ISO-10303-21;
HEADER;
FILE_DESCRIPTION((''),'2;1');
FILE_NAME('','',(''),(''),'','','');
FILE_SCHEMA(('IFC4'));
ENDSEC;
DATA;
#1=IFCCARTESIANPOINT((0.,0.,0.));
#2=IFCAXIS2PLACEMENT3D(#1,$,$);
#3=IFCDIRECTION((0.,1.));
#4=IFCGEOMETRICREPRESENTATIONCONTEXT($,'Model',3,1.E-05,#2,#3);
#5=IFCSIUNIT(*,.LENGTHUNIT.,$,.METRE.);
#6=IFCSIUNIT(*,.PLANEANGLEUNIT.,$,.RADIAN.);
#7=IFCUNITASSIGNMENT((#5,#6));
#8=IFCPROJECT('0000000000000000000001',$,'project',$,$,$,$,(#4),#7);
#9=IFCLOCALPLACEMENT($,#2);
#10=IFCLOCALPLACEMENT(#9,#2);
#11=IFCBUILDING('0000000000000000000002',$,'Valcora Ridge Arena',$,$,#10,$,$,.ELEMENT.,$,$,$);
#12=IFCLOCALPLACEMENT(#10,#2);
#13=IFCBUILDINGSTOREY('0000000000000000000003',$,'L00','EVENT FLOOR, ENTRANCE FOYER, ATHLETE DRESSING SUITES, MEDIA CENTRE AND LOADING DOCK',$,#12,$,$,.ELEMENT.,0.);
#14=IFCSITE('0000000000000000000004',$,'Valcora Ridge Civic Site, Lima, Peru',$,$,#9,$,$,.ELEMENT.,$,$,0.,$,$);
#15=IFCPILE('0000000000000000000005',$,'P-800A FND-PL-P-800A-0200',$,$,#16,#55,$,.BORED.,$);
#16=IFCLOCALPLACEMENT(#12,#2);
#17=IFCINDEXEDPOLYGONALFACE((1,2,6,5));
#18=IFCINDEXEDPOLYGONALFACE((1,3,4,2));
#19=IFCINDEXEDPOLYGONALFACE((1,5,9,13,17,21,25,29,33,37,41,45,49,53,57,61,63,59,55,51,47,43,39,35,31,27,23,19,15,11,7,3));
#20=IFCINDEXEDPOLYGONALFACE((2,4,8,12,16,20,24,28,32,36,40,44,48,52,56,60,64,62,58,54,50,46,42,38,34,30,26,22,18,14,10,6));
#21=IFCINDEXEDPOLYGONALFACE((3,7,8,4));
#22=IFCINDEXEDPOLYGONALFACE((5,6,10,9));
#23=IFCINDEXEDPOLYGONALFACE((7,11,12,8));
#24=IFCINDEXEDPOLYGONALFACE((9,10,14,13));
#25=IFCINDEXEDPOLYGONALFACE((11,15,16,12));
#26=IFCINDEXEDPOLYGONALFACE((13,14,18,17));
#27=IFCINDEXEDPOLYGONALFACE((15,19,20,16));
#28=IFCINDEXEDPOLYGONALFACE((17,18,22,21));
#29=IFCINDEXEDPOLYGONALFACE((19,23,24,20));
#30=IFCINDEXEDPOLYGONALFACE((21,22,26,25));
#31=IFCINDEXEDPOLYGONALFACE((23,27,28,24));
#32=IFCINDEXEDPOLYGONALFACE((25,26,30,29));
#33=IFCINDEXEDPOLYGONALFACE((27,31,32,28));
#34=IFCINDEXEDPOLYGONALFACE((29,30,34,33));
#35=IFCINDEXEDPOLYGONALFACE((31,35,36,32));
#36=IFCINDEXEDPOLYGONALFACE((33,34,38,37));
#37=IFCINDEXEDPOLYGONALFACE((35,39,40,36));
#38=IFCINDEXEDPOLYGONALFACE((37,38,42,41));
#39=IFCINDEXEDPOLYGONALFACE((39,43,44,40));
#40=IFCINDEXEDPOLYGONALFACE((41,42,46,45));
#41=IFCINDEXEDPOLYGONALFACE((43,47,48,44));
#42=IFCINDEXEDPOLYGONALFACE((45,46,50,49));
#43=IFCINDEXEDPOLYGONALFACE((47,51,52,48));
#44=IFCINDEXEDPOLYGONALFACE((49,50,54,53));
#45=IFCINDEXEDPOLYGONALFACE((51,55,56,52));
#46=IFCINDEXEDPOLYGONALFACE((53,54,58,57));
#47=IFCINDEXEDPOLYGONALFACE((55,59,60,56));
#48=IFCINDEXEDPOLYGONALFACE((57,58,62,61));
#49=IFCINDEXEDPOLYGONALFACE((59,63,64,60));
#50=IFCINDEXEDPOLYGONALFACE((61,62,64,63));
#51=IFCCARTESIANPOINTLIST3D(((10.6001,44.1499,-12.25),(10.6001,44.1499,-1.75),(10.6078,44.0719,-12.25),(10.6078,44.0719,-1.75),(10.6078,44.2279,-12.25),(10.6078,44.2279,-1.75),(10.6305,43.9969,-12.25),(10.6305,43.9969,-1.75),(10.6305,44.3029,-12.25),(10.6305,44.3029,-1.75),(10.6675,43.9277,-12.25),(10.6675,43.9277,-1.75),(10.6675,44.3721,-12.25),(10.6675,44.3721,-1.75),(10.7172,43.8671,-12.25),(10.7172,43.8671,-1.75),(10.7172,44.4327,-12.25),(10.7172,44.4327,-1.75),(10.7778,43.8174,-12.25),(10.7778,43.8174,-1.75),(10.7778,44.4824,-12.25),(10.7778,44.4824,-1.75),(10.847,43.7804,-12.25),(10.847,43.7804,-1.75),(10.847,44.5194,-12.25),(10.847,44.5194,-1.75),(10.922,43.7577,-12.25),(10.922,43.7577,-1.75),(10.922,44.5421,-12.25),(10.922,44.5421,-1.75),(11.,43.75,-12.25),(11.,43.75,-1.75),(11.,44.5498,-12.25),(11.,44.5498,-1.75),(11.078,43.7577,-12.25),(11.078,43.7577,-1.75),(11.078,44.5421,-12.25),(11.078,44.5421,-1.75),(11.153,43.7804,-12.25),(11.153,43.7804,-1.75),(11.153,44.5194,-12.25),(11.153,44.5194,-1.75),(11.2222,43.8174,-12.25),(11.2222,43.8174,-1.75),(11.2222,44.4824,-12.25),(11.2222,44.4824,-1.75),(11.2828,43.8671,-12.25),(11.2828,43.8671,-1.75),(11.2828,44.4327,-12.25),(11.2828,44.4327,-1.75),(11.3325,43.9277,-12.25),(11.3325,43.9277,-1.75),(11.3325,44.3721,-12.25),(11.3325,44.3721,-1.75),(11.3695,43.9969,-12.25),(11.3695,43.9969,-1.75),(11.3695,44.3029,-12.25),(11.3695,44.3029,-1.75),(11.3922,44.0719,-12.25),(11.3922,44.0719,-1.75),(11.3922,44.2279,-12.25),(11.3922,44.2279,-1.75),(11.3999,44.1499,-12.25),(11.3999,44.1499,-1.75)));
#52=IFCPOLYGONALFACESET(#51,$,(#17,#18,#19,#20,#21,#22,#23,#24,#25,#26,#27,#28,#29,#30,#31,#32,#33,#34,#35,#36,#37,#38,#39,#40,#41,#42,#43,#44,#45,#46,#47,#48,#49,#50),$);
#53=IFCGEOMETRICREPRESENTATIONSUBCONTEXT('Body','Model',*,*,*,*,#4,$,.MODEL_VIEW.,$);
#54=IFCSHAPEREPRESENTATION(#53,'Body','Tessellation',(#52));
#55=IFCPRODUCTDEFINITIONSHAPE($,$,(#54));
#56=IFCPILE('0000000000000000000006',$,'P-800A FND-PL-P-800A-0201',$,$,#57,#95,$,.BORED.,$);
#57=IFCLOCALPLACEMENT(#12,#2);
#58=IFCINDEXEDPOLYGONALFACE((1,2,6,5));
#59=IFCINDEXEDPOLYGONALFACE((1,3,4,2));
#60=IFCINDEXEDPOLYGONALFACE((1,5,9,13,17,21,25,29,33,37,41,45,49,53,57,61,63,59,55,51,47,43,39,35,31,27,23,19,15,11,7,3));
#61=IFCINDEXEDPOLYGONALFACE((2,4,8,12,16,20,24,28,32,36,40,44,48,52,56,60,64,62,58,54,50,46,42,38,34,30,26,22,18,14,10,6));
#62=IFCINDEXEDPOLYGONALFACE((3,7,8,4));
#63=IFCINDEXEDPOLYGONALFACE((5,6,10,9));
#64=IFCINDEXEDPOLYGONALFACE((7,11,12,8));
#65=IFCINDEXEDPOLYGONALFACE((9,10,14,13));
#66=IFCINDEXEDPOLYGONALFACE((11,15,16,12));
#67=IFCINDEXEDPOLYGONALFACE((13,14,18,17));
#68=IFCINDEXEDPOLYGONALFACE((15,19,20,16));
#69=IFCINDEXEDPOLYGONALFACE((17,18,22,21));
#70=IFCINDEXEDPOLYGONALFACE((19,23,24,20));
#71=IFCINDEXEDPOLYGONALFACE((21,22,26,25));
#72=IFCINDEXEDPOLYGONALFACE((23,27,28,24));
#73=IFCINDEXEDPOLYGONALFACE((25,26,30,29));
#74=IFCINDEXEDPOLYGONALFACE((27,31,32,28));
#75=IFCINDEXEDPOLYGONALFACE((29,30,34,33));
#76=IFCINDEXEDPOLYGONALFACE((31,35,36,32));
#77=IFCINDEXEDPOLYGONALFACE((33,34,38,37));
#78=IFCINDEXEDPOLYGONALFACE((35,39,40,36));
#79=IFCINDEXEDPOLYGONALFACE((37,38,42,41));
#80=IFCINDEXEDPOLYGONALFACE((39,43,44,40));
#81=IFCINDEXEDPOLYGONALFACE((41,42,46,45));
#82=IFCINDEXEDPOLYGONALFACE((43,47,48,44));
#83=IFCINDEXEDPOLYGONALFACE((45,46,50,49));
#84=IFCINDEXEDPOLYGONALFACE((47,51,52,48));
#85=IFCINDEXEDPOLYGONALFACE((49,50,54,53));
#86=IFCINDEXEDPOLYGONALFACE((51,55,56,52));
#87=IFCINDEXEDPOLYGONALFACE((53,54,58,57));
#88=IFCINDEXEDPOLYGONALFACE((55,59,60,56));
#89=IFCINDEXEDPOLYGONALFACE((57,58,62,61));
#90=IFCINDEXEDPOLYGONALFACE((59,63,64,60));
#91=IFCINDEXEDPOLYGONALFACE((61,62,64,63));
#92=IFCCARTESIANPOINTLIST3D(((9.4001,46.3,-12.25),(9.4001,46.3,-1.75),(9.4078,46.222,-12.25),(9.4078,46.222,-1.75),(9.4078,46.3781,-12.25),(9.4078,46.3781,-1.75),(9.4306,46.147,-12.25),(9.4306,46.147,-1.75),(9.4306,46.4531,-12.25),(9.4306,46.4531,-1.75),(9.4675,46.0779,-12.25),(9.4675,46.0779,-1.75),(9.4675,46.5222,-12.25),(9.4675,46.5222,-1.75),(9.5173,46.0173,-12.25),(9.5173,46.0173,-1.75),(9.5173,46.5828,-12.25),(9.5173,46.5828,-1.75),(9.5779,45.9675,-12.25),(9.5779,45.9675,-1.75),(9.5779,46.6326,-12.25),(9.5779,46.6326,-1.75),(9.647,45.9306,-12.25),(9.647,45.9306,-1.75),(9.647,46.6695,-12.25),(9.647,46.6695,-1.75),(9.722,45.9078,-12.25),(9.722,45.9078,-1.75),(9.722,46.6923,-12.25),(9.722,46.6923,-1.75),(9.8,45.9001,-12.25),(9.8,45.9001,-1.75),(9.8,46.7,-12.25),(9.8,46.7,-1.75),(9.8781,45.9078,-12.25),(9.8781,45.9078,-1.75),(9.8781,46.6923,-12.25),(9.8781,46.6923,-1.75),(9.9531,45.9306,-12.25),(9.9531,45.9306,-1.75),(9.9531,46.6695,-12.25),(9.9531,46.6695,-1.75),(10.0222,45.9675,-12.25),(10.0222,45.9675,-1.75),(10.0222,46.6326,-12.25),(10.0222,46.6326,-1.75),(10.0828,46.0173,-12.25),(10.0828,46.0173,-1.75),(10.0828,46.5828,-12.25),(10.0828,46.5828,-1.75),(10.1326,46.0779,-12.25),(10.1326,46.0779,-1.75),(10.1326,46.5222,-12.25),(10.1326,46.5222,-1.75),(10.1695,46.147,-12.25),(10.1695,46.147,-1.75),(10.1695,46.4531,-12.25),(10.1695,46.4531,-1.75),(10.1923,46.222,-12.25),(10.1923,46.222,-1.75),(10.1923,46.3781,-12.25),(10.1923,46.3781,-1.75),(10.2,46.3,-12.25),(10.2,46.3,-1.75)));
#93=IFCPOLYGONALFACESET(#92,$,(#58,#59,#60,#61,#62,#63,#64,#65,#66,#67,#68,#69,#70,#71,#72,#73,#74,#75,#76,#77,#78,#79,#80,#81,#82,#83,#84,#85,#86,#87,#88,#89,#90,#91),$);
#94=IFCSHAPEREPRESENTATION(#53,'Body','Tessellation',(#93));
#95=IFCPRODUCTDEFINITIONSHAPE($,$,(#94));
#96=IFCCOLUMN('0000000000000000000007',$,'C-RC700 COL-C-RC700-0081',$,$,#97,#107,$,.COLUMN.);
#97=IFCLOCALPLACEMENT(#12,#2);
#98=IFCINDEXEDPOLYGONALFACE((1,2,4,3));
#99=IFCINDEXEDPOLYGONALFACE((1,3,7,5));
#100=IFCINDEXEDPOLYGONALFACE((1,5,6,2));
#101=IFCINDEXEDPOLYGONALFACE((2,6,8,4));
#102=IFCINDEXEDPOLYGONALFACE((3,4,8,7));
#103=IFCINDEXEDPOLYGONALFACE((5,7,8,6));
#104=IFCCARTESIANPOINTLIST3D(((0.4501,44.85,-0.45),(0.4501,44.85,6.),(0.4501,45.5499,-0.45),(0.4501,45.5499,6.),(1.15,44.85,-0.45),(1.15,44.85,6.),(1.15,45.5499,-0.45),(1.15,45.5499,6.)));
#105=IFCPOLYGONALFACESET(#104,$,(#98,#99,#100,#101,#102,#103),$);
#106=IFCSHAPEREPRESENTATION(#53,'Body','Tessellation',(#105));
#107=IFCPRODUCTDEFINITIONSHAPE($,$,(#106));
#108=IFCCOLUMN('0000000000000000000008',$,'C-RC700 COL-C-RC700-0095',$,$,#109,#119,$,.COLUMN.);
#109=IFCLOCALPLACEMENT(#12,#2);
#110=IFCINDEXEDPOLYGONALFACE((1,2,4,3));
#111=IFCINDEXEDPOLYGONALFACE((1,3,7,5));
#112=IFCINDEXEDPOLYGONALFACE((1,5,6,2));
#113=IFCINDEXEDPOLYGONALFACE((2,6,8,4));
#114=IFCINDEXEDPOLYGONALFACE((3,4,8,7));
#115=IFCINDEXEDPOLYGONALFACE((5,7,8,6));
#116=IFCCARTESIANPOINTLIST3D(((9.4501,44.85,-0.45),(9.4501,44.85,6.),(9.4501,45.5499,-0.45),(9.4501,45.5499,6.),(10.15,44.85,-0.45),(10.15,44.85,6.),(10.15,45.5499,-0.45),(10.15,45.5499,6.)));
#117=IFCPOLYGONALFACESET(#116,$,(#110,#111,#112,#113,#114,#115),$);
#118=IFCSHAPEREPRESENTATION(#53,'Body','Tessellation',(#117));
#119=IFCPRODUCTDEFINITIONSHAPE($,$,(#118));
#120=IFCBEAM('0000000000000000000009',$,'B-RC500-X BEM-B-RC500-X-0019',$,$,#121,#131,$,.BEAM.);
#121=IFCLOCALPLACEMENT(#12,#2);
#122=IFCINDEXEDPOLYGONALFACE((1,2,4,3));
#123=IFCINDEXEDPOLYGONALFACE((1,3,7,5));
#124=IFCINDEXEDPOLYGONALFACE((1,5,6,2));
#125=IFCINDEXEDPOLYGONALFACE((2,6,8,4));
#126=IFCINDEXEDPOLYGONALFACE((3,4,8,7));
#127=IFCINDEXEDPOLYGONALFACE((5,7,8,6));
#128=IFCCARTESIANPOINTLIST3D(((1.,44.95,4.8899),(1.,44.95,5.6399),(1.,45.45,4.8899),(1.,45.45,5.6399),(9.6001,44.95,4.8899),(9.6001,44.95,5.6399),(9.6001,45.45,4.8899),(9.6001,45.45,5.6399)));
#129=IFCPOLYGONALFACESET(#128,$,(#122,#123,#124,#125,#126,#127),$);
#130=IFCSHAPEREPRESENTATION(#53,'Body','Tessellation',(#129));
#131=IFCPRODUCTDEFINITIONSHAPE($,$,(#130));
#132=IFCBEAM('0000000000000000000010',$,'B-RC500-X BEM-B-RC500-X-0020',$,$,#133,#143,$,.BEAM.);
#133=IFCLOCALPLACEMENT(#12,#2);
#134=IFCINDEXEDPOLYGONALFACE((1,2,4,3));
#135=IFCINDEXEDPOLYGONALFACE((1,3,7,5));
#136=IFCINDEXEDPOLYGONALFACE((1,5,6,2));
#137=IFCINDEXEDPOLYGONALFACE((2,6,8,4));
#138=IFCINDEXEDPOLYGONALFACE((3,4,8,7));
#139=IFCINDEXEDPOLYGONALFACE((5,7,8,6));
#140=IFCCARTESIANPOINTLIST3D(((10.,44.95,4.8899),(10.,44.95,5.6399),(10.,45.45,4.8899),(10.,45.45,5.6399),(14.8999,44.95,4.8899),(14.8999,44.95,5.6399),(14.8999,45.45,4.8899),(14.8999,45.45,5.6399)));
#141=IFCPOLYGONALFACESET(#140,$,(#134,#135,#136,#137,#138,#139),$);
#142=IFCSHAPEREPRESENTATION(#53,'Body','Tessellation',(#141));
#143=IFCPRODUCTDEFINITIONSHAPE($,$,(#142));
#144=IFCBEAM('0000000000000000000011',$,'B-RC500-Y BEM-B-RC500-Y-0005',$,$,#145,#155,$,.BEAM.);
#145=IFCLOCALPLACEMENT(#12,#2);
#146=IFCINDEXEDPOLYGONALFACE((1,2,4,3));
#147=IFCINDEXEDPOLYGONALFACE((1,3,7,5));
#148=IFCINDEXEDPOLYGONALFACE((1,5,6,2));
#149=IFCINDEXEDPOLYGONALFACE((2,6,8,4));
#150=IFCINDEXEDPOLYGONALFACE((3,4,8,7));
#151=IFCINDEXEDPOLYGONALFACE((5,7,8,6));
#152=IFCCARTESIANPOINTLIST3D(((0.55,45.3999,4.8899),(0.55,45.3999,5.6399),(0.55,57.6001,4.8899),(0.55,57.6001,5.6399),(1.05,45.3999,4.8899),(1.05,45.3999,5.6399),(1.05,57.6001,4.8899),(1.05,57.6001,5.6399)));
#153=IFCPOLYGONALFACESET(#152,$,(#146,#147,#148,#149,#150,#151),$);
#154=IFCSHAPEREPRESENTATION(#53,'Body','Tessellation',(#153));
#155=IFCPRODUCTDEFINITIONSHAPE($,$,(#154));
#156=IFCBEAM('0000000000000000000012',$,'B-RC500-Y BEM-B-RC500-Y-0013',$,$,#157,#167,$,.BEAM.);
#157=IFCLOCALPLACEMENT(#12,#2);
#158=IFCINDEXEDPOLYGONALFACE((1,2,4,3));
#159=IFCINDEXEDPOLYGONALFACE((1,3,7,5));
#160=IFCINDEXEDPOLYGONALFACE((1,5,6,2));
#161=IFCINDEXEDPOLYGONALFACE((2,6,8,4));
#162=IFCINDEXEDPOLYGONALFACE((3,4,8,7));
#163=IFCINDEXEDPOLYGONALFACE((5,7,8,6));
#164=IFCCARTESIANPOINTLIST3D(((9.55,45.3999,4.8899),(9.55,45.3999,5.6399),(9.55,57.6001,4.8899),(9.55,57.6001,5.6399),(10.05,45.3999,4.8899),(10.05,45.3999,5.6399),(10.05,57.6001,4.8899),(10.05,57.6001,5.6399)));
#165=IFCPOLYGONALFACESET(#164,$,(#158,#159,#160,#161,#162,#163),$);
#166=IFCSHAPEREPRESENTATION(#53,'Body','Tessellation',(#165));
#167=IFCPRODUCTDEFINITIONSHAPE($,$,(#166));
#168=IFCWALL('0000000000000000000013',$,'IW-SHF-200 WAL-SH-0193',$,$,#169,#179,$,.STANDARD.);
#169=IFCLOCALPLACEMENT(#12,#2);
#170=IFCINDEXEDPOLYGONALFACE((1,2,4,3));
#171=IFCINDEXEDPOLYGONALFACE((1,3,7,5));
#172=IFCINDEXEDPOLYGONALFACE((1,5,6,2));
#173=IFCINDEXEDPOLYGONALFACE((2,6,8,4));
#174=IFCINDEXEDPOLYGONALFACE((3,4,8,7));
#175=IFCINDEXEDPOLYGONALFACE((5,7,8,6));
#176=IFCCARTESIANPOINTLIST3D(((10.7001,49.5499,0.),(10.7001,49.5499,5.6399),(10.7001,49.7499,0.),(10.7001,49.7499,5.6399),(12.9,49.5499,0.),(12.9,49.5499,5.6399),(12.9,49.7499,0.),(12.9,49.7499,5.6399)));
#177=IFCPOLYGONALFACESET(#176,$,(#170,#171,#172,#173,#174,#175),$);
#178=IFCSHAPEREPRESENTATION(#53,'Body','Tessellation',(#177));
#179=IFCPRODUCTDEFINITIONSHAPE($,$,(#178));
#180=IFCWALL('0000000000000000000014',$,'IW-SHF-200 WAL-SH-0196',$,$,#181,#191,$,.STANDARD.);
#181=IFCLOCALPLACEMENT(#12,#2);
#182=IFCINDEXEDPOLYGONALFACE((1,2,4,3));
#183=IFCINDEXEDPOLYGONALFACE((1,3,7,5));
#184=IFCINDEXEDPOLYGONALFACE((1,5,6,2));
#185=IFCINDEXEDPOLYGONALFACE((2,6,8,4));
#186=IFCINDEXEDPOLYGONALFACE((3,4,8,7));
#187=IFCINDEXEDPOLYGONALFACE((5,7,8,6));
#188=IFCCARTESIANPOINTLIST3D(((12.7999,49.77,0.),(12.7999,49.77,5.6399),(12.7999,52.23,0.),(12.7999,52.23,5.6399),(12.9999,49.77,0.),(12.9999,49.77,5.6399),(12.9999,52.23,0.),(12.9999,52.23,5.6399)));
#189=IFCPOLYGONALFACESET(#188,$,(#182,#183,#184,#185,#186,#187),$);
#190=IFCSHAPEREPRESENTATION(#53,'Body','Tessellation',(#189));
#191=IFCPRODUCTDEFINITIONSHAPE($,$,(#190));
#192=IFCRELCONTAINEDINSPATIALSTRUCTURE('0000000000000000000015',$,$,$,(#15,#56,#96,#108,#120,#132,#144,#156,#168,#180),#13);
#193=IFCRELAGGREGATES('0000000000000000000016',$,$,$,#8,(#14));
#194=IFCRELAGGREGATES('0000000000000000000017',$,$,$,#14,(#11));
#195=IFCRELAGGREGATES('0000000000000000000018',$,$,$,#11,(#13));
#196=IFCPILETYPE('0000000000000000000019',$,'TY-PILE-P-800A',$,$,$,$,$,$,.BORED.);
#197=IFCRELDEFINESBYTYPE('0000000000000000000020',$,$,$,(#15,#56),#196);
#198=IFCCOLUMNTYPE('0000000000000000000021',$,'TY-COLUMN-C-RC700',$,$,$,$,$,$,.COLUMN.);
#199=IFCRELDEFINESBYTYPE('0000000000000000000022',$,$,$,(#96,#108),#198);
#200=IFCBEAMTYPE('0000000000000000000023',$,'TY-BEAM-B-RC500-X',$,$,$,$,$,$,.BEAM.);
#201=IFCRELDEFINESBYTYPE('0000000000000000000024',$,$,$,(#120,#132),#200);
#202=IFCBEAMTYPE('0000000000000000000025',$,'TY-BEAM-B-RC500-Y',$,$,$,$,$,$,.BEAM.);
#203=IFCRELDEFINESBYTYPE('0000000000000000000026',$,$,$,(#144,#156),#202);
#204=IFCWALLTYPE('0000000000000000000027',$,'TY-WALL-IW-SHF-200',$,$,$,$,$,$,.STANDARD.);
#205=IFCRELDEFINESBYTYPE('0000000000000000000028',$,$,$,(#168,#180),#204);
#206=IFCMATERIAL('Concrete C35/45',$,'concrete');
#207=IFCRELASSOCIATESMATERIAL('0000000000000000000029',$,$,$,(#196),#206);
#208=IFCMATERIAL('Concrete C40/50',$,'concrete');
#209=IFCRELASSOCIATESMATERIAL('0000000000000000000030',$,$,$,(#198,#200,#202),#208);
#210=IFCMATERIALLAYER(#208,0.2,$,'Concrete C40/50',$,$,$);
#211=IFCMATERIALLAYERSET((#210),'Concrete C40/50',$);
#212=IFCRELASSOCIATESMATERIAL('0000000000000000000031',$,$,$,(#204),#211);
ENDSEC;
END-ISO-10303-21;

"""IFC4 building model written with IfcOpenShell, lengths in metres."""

from ifc_helpers import new_model, si_unit, direction, frame, frame_2d, origin, origin_2d, place, context, subcontext, project, spatial, rectangle, circle, extrude, material, layer, layer_set, material_profile, profile_set, type_object, element, save


model = new_model("IFC4")

# Units and contexts
model_context = context("Model", 3, precision=1e-05, world=origin(), true_north=direction((0.0, 1.0)))
body_context = subcontext(model_context, "Body", "Model", "MODEL_VIEW")
ifc_project = project(units=[si_unit("LENGTHUNIT", "METRE"), si_unit("PLANEANGLEUNIT", "RADIAN")], contexts=[model_context])

# Site, building, storey
site_placement = place(None, origin())
site = spatial("IfcSite", under=ifc_project, at=site_placement, Name="Valcora Ridge Civic Site, Lima, Peru", CompositionType="ELEMENT", RefElevation=0.0)
building_placement = place(site_placement, origin())
building = spatial("IfcBuilding", under=site, at=building_placement, Name="Valcora Ridge Arena", CompositionType="ELEMENT")
storey_placement = place(building_placement, origin())
storey = spatial("IfcBuildingStorey", under=building, at=storey_placement, Name="L00", Description="EVENT FLOOR, ENTRANCE FOYER, ATHLETE DRESSING SUITES, MEDIA CENTRE AND LOADING DOCK", CompositionType="ELEMENT", Elevation=0.0)

# Shared definitions
ifc_material_1 = material(Name="Concrete C40/50", Category="concrete")

# Piles
ifc_material_2 = material(Name="Concrete C35/45", Category="concrete")
ifc_material_profile_1 = material_profile(ifc_material_2, circle(Radius=0.3999, at=origin_2d()), Name="BORED PILE D800")
ifc_profile_set_1 = profile_set([ifc_material_profile_1], Name="Concrete C35/45")
pile_type = type_object("IfcPileType", Name="TY-PILE-P-800A", PredefinedType="BORED", material=ifc_profile_set_1)
for number, where, z_axis, x_axis, name in (
    (1, (11.0, 44.1499, -1.75), (0.0, 0.0, -1.0), (1.0, 0.0, 0.0), "P-800A FND-PL-P-800A-0200"),
    (2, (9.8, 46.3, -1.75), (0.0, 0.0, -1.0), (1.0, 0.0, 0.0), "P-800A FND-PL-P-800A-0201"),
):
    element("IfcPile", number, at=place(storey_placement, frame(where, z_axis=z_axis, x_axis=x_axis)), inside=storey, type_object=pile_type, Name=name, PredefinedType="BORED", context=body_context, shape_type="SweptSolid", body=[
        extrude(circle(Radius=0.3999, at=origin_2d()), origin(), (0.0, 0.0, 1.0), 10.5),
    ])

# Columns
ifc_material_profile_2 = material_profile(ifc_material_1, rectangle(XDim=0.7, YDim=0.7, at=origin_2d()), Name="RC 700x700")
ifc_profile_set_2 = profile_set([ifc_material_profile_2], Name="Concrete C40/50")
column_type = type_object("IfcColumnType", Name="TY-COLUMN-C-RC700", PredefinedType="COLUMN", material=ifc_profile_set_2)
for number, where, z_axis, x_axis, name in (
    (3, (0.8, 45.2, -0.45), (0.0, 0.0, 1.0), (1.0, 0.0, 0.0), "C-RC700 COL-C-RC700-0081"),
    (4, (9.8, 45.2, -0.45), (0.0, 0.0, 1.0), (1.0, 0.0, 0.0), "C-RC700 COL-C-RC700-0095"),
):
    element("IfcColumn", number, at=place(storey_placement, frame(where, z_axis=z_axis, x_axis=x_axis)), inside=storey, type_object=column_type, Name=name, PredefinedType="COLUMN", context=body_context, shape_type="SweptSolid", body=[
        extrude(rectangle(XDim=0.7, YDim=0.7, at=origin_2d()), origin(), (0.0, 0.0, 1.0), 6.45),
    ])

# Beams
ifc_material_profile_3 = material_profile(ifc_material_1, rectangle(XDim=0.5, YDim=0.75, at=origin_2d()), Name="RC 500x750")
ifc_profile_set_3 = profile_set([ifc_material_profile_3], Name="Concrete C40/50")
beam_type_1 = type_object("IfcBeamType", Name="TY-BEAM-B-RC500-X", PredefinedType="BEAM", material=ifc_profile_set_3)
beam_1_placement = place(storey_placement, frame((1.0, 45.2, 5.2649), z_axis=(1.0, 0.0, 0.0), x_axis=(0.0, 1.0, 0.0)))
element("IfcBeam", 5, at=beam_1_placement, inside=storey, type_object=beam_type_1, Name="B-RC500-X BEM-B-RC500-X-0019", PredefinedType="BEAM", context=body_context, shape_type="SweptSolid", body=[
    extrude(rectangle(XDim=0.5, YDim=0.75, at=origin_2d()), origin(), (0.0, 0.0, 1.0), 8.6001),
])
beam_2_placement = place(storey_placement, frame((10.0, 45.2, 5.2649), z_axis=(1.0, 0.0, 0.0), x_axis=(0.0, 1.0, 0.0)))
element("IfcBeam", 6, at=beam_2_placement, inside=storey, type_object=beam_type_1, Name="B-RC500-X BEM-B-RC500-X-0020", PredefinedType="BEAM", context=body_context, shape_type="SweptSolid", body=[
    extrude(rectangle(XDim=0.5, YDim=0.75, at=origin_2d()), origin(), (0.0, 0.0, 1.0), 4.8999),
])
ifc_material_profile_4 = material_profile(ifc_material_1, rectangle(XDim=0.5, YDim=0.75, at=origin_2d()), Name="RC 500x750")
ifc_profile_set_4 = profile_set([ifc_material_profile_4], Name="Concrete C40/50")
beam_type_2 = type_object("IfcBeamType", Name="TY-BEAM-B-RC500-Y", PredefinedType="BEAM", material=ifc_profile_set_4)
for number, where, z_axis, x_axis, name in (
    (7, (0.8, 45.3999, 5.2649), (0.0, 1.0, 0.0), (-1.0, 0.0, 0.0), "B-RC500-Y BEM-B-RC500-Y-0005"),
    (8, (9.8, 45.3999, 5.2649), (0.0, 1.0, 0.0), (-1.0, 0.0, 0.0), "B-RC500-Y BEM-B-RC500-Y-0013"),
):
    element("IfcBeam", number, at=place(storey_placement, frame(where, z_axis=z_axis, x_axis=x_axis)), inside=storey, type_object=beam_type_2, Name=name, PredefinedType="BEAM", context=body_context, shape_type="SweptSolid", body=[
        extrude(rectangle(XDim=0.5, YDim=0.75, at=origin_2d()), origin(), (0.0, 0.0, 1.0), 12.2002),
    ])

# Wall
ifc_layer_1 = layer(ifc_material_1, 0.2, Name="Concrete C40/50")
ifc_layer_set_1 = layer_set([ifc_layer_1], Name="Concrete C40/50")
wall_type = type_object("IfcWallType", Name="TY-WALL-IW-SHF-200", PredefinedType="STANDARD", material=ifc_layer_set_1)
wall_1_placement = place(storey_placement, frame((10.7, 49.6499, 0.0), z_axis=(0.0, 0.0, 1.0), x_axis=(1.0, 0.0, 0.0)))
element("IfcWall", 9, at=wall_1_placement, inside=storey, type_object=wall_type, Name="IW-SHF-200 WAL-SH-0193", PredefinedType="STANDARD", context=body_context, shape_type="SweptSolid", body=[
    extrude(rectangle(XDim=2.2, YDim=0.2, at=frame_2d((1.1001, 0.0))), origin(), (0.0, 0.0, 1.0), 5.6399),
])

# Wall
wall_2_placement = place(storey_placement, frame((12.8999, 49.77, 0.0), z_axis=(0.0, 0.0, 1.0), x_axis=(0.0, 1.0, 0.0)))
element("IfcWall", 10, at=wall_2_placement, inside=storey, type_object=wall_type, Name="IW-SHF-200 WAL-SH-0196", PredefinedType="STANDARD", context=body_context, shape_type="SweptSolid", body=[
    extrude(rectangle(XDim=2.46, YDim=0.2, at=frame_2d((1.23, 0.0))), origin(), (0.0, 0.0, 1.0), 5.6399),
])

save(model, "model.ifc")
